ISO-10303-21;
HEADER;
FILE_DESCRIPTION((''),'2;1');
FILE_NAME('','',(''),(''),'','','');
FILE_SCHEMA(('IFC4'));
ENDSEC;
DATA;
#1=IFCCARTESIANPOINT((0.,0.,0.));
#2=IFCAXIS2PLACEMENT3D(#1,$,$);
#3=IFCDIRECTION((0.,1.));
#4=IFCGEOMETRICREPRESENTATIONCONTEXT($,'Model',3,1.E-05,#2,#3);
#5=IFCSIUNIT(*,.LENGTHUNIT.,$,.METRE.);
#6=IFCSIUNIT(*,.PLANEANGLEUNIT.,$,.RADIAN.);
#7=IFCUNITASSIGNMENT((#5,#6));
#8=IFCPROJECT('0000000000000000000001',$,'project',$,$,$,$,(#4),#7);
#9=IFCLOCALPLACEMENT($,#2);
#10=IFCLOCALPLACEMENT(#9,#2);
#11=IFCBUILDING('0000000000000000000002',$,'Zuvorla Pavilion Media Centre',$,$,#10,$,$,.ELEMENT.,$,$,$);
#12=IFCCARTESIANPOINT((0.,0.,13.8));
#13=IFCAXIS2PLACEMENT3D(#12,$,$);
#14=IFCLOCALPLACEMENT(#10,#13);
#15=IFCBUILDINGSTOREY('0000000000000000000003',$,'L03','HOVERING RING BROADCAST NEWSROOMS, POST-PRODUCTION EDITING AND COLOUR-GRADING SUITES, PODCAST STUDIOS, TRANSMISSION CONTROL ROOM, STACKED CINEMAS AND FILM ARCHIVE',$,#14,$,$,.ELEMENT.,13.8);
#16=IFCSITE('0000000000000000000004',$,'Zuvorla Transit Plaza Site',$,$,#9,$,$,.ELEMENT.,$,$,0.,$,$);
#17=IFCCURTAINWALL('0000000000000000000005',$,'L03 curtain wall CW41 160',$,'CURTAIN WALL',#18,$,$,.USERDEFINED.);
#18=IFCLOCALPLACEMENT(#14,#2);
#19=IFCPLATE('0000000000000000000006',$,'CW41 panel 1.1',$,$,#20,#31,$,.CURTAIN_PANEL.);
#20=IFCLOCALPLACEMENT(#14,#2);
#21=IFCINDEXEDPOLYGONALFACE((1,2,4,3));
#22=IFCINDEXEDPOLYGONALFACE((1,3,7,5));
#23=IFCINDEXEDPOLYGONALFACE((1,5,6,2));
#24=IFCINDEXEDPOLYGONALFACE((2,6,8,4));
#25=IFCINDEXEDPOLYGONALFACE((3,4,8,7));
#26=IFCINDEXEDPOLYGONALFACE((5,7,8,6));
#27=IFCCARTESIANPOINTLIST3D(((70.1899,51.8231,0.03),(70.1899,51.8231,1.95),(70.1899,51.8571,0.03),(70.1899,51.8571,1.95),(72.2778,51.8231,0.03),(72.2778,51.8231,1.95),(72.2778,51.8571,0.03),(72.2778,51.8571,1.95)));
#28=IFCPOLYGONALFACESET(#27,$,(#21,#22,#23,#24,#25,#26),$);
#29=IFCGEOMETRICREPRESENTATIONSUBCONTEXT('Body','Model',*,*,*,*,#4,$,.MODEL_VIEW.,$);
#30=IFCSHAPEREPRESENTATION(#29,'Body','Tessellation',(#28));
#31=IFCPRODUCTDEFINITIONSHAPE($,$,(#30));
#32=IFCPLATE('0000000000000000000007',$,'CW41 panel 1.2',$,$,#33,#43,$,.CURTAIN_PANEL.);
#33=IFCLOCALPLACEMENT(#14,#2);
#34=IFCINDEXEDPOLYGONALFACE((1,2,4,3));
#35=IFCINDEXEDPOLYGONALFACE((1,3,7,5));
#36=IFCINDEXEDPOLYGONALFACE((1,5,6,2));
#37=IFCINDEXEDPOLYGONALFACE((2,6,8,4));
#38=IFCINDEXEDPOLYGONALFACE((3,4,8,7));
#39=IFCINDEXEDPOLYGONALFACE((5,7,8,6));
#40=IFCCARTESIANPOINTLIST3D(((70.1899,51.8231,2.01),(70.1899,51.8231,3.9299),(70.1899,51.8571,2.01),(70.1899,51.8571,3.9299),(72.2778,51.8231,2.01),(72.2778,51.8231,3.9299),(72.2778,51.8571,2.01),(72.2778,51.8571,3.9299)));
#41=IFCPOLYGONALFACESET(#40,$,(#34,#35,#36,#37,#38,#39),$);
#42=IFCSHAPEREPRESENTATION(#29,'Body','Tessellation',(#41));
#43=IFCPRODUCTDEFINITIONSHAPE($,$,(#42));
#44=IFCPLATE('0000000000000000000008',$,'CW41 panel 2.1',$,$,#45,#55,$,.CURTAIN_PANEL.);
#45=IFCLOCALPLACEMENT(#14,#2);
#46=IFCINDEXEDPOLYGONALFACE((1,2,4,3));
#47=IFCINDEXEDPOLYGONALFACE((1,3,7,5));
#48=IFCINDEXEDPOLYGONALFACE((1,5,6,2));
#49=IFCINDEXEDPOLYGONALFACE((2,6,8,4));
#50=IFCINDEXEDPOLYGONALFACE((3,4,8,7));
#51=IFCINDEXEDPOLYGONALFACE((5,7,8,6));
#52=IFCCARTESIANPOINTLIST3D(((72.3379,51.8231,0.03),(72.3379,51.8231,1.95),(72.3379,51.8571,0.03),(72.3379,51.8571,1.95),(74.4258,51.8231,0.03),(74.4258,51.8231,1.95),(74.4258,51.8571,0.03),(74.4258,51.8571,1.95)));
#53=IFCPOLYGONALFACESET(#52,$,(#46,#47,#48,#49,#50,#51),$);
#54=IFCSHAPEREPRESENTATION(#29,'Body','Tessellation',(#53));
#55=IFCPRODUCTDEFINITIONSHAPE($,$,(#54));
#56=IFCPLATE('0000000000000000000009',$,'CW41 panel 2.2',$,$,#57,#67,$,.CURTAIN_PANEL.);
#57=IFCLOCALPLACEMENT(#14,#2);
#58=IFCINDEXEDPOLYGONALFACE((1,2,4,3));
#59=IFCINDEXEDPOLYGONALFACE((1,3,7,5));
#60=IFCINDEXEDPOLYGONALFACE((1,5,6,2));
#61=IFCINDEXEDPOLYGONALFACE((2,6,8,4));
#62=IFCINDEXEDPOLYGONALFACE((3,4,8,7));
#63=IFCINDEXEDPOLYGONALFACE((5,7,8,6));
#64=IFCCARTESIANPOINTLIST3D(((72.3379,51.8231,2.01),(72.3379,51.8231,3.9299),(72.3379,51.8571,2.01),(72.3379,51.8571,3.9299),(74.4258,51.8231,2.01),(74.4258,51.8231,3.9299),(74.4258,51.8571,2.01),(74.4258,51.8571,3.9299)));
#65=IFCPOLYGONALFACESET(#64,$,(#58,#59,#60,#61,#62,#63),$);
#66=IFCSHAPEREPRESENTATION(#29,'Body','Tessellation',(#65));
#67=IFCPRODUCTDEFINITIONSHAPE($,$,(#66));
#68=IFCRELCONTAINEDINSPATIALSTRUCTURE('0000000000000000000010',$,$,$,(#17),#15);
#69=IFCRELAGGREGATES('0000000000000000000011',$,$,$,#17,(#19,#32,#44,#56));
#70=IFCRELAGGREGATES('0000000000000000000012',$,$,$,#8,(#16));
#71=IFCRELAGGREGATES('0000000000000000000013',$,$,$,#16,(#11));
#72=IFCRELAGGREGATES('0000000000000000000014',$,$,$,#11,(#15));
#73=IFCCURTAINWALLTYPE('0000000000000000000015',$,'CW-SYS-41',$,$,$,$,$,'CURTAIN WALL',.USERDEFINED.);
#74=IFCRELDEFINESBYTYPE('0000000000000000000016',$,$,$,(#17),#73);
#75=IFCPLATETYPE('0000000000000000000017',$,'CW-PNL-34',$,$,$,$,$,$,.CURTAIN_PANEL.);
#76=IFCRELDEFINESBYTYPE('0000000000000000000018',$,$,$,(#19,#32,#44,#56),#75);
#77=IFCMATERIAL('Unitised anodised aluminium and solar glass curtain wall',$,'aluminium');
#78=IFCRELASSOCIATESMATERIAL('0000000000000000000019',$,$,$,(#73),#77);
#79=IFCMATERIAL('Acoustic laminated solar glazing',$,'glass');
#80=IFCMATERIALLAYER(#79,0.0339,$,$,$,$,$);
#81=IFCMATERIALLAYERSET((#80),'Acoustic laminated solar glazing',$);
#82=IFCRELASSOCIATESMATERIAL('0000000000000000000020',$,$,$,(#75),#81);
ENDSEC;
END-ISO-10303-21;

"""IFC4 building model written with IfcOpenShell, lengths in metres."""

from ifc_helpers import new_model, si_unit, direction, frame, origin, origin_2d, place, context, subcontext, project, spatial, rectangle, extrude, material, layer, layer_set, type_object, element, aggregate, save


model = new_model("IFC4")

# Units and contexts
model_context = context("Model", 3, precision=1e-05, world=origin(), true_north=direction((0.0, 1.0)))
body_context = subcontext(model_context, "Body", "Model", "MODEL_VIEW")
ifc_project = project(units=[si_unit("LENGTHUNIT", "METRE"), si_unit("PLANEANGLEUNIT", "RADIAN")], contexts=[model_context])

# Site, building, storey
site_placement = place(None, origin())
site = spatial("IfcSite", under=ifc_project, at=site_placement, Name="Zuvorla Transit Plaza Site", CompositionType="ELEMENT", RefElevation=0.0)
building_placement = place(site_placement, origin())
building = spatial("IfcBuilding", under=site, at=building_placement, Name="Zuvorla Pavilion Media Centre", CompositionType="ELEMENT")
storey_placement = place(building_placement, frame((0.0, 0.0, 13.8)))
storey = spatial("IfcBuildingStorey", under=building, at=storey_placement, Name="L03", Description="HOVERING RING BROADCAST NEWSROOMS, POST-PRODUCTION EDITING AND COLOUR-GRADING SUITES, PODCAST STUDIOS, TRANSMISSION CONTROL ROOM, STACKED CINEMAS AND FILM ARCHIVE", CompositionType="ELEMENT", Elevation=13.8)

# Shared definitions
ifc_material_1 = material(Name="Unitised anodised aluminium and solar glass curtain wall", Category="aluminium")

# Curtain wall
curtain_wall_type_1 = type_object("IfcCurtainWallType", Name="CW-SYS-41", ElementType="CURTAIN WALL", PredefinedType="USERDEFINED", material=ifc_material_1)
curtain_wall_1_placement = place(storey_placement, origin())
curtain_wall_1 = element("IfcCurtainWall", 1, at=curtain_wall_1_placement, inside=storey, type_object=curtain_wall_type_1, Name="L03 curtain wall CW41 160", ObjectType="CURTAIN WALL", PredefinedType="USERDEFINED")

# Plates
ifc_material_2 = material(Name="Acoustic laminated solar glazing", Category="glass")
ifc_layer_1 = layer(ifc_material_2, 0.0339)
ifc_layer_set_1 = layer_set([ifc_layer_1], Name="Acoustic laminated solar glazing")
plate_type_1 = type_object("IfcPlateType", Name="CW-PNL-34", PredefinedType="CURTAIN_PANEL", material=ifc_layer_set_1)
plate_1_placement = place(storey_placement, frame((71.2339, 51.8401, 0.03), z_axis=(0.0, 0.0, 1.0), x_axis=(1.0, 0.0, 0.0)))
plate_1 = element("IfcPlate", 2, at=plate_1_placement, type_object=plate_type_1, Name="CW41 panel 1.1", PredefinedType="CURTAIN_PANEL", context=body_context, shape_type="SweptSolid", body=[
    extrude(rectangle(XDim=2.0879, YDim=0.0339, at=origin_2d()), origin(), (0.0, 0.0, 1.0), 1.9199),
])
plate_2_placement = place(storey_placement, frame((71.2339, 51.8401, 2.01), z_axis=(0.0, 0.0, 1.0), x_axis=(1.0, 0.0, 0.0)))
plate_2 = element("IfcPlate", 3, at=plate_2_placement, type_object=plate_type_1, Name="CW41 panel 1.2", PredefinedType="CURTAIN_PANEL", context=body_context, shape_type="SweptSolid", body=[
    extrude(rectangle(XDim=2.0879, YDim=0.0339, at=origin_2d()), origin(), (0.0, 0.0, 1.0), 1.9199),
])
plate_3_placement = place(storey_placement, frame((73.3818, 51.8401, 0.03), z_axis=(0.0, 0.0, 1.0), x_axis=(1.0, 0.0, 0.0)))
plate_3 = element("IfcPlate", 4, at=plate_3_placement, type_object=plate_type_1, Name="CW41 panel 2.1", PredefinedType="CURTAIN_PANEL", context=body_context, shape_type="SweptSolid", body=[
    extrude(rectangle(XDim=2.0879, YDim=0.0339, at=origin_2d()), origin(), (0.0, 0.0, 1.0), 1.9199),
])
plate_4_placement = place(storey_placement, frame((73.3818, 51.8401, 2.01), z_axis=(0.0, 0.0, 1.0), x_axis=(1.0, 0.0, 0.0)))
plate_4 = element("IfcPlate", 5, at=plate_4_placement, type_object=plate_type_1, Name="CW41 panel 2.2", PredefinedType="CURTAIN_PANEL", context=body_context, shape_type="SweptSolid", body=[
    extrude(rectangle(XDim=2.0879, YDim=0.0339, at=origin_2d()), origin(), (0.0, 0.0, 1.0), 1.9199),
])
aggregate(curtain_wall_1, [plate_1, plate_2, plate_3, plate_4])

save(model, "model.ifc")
